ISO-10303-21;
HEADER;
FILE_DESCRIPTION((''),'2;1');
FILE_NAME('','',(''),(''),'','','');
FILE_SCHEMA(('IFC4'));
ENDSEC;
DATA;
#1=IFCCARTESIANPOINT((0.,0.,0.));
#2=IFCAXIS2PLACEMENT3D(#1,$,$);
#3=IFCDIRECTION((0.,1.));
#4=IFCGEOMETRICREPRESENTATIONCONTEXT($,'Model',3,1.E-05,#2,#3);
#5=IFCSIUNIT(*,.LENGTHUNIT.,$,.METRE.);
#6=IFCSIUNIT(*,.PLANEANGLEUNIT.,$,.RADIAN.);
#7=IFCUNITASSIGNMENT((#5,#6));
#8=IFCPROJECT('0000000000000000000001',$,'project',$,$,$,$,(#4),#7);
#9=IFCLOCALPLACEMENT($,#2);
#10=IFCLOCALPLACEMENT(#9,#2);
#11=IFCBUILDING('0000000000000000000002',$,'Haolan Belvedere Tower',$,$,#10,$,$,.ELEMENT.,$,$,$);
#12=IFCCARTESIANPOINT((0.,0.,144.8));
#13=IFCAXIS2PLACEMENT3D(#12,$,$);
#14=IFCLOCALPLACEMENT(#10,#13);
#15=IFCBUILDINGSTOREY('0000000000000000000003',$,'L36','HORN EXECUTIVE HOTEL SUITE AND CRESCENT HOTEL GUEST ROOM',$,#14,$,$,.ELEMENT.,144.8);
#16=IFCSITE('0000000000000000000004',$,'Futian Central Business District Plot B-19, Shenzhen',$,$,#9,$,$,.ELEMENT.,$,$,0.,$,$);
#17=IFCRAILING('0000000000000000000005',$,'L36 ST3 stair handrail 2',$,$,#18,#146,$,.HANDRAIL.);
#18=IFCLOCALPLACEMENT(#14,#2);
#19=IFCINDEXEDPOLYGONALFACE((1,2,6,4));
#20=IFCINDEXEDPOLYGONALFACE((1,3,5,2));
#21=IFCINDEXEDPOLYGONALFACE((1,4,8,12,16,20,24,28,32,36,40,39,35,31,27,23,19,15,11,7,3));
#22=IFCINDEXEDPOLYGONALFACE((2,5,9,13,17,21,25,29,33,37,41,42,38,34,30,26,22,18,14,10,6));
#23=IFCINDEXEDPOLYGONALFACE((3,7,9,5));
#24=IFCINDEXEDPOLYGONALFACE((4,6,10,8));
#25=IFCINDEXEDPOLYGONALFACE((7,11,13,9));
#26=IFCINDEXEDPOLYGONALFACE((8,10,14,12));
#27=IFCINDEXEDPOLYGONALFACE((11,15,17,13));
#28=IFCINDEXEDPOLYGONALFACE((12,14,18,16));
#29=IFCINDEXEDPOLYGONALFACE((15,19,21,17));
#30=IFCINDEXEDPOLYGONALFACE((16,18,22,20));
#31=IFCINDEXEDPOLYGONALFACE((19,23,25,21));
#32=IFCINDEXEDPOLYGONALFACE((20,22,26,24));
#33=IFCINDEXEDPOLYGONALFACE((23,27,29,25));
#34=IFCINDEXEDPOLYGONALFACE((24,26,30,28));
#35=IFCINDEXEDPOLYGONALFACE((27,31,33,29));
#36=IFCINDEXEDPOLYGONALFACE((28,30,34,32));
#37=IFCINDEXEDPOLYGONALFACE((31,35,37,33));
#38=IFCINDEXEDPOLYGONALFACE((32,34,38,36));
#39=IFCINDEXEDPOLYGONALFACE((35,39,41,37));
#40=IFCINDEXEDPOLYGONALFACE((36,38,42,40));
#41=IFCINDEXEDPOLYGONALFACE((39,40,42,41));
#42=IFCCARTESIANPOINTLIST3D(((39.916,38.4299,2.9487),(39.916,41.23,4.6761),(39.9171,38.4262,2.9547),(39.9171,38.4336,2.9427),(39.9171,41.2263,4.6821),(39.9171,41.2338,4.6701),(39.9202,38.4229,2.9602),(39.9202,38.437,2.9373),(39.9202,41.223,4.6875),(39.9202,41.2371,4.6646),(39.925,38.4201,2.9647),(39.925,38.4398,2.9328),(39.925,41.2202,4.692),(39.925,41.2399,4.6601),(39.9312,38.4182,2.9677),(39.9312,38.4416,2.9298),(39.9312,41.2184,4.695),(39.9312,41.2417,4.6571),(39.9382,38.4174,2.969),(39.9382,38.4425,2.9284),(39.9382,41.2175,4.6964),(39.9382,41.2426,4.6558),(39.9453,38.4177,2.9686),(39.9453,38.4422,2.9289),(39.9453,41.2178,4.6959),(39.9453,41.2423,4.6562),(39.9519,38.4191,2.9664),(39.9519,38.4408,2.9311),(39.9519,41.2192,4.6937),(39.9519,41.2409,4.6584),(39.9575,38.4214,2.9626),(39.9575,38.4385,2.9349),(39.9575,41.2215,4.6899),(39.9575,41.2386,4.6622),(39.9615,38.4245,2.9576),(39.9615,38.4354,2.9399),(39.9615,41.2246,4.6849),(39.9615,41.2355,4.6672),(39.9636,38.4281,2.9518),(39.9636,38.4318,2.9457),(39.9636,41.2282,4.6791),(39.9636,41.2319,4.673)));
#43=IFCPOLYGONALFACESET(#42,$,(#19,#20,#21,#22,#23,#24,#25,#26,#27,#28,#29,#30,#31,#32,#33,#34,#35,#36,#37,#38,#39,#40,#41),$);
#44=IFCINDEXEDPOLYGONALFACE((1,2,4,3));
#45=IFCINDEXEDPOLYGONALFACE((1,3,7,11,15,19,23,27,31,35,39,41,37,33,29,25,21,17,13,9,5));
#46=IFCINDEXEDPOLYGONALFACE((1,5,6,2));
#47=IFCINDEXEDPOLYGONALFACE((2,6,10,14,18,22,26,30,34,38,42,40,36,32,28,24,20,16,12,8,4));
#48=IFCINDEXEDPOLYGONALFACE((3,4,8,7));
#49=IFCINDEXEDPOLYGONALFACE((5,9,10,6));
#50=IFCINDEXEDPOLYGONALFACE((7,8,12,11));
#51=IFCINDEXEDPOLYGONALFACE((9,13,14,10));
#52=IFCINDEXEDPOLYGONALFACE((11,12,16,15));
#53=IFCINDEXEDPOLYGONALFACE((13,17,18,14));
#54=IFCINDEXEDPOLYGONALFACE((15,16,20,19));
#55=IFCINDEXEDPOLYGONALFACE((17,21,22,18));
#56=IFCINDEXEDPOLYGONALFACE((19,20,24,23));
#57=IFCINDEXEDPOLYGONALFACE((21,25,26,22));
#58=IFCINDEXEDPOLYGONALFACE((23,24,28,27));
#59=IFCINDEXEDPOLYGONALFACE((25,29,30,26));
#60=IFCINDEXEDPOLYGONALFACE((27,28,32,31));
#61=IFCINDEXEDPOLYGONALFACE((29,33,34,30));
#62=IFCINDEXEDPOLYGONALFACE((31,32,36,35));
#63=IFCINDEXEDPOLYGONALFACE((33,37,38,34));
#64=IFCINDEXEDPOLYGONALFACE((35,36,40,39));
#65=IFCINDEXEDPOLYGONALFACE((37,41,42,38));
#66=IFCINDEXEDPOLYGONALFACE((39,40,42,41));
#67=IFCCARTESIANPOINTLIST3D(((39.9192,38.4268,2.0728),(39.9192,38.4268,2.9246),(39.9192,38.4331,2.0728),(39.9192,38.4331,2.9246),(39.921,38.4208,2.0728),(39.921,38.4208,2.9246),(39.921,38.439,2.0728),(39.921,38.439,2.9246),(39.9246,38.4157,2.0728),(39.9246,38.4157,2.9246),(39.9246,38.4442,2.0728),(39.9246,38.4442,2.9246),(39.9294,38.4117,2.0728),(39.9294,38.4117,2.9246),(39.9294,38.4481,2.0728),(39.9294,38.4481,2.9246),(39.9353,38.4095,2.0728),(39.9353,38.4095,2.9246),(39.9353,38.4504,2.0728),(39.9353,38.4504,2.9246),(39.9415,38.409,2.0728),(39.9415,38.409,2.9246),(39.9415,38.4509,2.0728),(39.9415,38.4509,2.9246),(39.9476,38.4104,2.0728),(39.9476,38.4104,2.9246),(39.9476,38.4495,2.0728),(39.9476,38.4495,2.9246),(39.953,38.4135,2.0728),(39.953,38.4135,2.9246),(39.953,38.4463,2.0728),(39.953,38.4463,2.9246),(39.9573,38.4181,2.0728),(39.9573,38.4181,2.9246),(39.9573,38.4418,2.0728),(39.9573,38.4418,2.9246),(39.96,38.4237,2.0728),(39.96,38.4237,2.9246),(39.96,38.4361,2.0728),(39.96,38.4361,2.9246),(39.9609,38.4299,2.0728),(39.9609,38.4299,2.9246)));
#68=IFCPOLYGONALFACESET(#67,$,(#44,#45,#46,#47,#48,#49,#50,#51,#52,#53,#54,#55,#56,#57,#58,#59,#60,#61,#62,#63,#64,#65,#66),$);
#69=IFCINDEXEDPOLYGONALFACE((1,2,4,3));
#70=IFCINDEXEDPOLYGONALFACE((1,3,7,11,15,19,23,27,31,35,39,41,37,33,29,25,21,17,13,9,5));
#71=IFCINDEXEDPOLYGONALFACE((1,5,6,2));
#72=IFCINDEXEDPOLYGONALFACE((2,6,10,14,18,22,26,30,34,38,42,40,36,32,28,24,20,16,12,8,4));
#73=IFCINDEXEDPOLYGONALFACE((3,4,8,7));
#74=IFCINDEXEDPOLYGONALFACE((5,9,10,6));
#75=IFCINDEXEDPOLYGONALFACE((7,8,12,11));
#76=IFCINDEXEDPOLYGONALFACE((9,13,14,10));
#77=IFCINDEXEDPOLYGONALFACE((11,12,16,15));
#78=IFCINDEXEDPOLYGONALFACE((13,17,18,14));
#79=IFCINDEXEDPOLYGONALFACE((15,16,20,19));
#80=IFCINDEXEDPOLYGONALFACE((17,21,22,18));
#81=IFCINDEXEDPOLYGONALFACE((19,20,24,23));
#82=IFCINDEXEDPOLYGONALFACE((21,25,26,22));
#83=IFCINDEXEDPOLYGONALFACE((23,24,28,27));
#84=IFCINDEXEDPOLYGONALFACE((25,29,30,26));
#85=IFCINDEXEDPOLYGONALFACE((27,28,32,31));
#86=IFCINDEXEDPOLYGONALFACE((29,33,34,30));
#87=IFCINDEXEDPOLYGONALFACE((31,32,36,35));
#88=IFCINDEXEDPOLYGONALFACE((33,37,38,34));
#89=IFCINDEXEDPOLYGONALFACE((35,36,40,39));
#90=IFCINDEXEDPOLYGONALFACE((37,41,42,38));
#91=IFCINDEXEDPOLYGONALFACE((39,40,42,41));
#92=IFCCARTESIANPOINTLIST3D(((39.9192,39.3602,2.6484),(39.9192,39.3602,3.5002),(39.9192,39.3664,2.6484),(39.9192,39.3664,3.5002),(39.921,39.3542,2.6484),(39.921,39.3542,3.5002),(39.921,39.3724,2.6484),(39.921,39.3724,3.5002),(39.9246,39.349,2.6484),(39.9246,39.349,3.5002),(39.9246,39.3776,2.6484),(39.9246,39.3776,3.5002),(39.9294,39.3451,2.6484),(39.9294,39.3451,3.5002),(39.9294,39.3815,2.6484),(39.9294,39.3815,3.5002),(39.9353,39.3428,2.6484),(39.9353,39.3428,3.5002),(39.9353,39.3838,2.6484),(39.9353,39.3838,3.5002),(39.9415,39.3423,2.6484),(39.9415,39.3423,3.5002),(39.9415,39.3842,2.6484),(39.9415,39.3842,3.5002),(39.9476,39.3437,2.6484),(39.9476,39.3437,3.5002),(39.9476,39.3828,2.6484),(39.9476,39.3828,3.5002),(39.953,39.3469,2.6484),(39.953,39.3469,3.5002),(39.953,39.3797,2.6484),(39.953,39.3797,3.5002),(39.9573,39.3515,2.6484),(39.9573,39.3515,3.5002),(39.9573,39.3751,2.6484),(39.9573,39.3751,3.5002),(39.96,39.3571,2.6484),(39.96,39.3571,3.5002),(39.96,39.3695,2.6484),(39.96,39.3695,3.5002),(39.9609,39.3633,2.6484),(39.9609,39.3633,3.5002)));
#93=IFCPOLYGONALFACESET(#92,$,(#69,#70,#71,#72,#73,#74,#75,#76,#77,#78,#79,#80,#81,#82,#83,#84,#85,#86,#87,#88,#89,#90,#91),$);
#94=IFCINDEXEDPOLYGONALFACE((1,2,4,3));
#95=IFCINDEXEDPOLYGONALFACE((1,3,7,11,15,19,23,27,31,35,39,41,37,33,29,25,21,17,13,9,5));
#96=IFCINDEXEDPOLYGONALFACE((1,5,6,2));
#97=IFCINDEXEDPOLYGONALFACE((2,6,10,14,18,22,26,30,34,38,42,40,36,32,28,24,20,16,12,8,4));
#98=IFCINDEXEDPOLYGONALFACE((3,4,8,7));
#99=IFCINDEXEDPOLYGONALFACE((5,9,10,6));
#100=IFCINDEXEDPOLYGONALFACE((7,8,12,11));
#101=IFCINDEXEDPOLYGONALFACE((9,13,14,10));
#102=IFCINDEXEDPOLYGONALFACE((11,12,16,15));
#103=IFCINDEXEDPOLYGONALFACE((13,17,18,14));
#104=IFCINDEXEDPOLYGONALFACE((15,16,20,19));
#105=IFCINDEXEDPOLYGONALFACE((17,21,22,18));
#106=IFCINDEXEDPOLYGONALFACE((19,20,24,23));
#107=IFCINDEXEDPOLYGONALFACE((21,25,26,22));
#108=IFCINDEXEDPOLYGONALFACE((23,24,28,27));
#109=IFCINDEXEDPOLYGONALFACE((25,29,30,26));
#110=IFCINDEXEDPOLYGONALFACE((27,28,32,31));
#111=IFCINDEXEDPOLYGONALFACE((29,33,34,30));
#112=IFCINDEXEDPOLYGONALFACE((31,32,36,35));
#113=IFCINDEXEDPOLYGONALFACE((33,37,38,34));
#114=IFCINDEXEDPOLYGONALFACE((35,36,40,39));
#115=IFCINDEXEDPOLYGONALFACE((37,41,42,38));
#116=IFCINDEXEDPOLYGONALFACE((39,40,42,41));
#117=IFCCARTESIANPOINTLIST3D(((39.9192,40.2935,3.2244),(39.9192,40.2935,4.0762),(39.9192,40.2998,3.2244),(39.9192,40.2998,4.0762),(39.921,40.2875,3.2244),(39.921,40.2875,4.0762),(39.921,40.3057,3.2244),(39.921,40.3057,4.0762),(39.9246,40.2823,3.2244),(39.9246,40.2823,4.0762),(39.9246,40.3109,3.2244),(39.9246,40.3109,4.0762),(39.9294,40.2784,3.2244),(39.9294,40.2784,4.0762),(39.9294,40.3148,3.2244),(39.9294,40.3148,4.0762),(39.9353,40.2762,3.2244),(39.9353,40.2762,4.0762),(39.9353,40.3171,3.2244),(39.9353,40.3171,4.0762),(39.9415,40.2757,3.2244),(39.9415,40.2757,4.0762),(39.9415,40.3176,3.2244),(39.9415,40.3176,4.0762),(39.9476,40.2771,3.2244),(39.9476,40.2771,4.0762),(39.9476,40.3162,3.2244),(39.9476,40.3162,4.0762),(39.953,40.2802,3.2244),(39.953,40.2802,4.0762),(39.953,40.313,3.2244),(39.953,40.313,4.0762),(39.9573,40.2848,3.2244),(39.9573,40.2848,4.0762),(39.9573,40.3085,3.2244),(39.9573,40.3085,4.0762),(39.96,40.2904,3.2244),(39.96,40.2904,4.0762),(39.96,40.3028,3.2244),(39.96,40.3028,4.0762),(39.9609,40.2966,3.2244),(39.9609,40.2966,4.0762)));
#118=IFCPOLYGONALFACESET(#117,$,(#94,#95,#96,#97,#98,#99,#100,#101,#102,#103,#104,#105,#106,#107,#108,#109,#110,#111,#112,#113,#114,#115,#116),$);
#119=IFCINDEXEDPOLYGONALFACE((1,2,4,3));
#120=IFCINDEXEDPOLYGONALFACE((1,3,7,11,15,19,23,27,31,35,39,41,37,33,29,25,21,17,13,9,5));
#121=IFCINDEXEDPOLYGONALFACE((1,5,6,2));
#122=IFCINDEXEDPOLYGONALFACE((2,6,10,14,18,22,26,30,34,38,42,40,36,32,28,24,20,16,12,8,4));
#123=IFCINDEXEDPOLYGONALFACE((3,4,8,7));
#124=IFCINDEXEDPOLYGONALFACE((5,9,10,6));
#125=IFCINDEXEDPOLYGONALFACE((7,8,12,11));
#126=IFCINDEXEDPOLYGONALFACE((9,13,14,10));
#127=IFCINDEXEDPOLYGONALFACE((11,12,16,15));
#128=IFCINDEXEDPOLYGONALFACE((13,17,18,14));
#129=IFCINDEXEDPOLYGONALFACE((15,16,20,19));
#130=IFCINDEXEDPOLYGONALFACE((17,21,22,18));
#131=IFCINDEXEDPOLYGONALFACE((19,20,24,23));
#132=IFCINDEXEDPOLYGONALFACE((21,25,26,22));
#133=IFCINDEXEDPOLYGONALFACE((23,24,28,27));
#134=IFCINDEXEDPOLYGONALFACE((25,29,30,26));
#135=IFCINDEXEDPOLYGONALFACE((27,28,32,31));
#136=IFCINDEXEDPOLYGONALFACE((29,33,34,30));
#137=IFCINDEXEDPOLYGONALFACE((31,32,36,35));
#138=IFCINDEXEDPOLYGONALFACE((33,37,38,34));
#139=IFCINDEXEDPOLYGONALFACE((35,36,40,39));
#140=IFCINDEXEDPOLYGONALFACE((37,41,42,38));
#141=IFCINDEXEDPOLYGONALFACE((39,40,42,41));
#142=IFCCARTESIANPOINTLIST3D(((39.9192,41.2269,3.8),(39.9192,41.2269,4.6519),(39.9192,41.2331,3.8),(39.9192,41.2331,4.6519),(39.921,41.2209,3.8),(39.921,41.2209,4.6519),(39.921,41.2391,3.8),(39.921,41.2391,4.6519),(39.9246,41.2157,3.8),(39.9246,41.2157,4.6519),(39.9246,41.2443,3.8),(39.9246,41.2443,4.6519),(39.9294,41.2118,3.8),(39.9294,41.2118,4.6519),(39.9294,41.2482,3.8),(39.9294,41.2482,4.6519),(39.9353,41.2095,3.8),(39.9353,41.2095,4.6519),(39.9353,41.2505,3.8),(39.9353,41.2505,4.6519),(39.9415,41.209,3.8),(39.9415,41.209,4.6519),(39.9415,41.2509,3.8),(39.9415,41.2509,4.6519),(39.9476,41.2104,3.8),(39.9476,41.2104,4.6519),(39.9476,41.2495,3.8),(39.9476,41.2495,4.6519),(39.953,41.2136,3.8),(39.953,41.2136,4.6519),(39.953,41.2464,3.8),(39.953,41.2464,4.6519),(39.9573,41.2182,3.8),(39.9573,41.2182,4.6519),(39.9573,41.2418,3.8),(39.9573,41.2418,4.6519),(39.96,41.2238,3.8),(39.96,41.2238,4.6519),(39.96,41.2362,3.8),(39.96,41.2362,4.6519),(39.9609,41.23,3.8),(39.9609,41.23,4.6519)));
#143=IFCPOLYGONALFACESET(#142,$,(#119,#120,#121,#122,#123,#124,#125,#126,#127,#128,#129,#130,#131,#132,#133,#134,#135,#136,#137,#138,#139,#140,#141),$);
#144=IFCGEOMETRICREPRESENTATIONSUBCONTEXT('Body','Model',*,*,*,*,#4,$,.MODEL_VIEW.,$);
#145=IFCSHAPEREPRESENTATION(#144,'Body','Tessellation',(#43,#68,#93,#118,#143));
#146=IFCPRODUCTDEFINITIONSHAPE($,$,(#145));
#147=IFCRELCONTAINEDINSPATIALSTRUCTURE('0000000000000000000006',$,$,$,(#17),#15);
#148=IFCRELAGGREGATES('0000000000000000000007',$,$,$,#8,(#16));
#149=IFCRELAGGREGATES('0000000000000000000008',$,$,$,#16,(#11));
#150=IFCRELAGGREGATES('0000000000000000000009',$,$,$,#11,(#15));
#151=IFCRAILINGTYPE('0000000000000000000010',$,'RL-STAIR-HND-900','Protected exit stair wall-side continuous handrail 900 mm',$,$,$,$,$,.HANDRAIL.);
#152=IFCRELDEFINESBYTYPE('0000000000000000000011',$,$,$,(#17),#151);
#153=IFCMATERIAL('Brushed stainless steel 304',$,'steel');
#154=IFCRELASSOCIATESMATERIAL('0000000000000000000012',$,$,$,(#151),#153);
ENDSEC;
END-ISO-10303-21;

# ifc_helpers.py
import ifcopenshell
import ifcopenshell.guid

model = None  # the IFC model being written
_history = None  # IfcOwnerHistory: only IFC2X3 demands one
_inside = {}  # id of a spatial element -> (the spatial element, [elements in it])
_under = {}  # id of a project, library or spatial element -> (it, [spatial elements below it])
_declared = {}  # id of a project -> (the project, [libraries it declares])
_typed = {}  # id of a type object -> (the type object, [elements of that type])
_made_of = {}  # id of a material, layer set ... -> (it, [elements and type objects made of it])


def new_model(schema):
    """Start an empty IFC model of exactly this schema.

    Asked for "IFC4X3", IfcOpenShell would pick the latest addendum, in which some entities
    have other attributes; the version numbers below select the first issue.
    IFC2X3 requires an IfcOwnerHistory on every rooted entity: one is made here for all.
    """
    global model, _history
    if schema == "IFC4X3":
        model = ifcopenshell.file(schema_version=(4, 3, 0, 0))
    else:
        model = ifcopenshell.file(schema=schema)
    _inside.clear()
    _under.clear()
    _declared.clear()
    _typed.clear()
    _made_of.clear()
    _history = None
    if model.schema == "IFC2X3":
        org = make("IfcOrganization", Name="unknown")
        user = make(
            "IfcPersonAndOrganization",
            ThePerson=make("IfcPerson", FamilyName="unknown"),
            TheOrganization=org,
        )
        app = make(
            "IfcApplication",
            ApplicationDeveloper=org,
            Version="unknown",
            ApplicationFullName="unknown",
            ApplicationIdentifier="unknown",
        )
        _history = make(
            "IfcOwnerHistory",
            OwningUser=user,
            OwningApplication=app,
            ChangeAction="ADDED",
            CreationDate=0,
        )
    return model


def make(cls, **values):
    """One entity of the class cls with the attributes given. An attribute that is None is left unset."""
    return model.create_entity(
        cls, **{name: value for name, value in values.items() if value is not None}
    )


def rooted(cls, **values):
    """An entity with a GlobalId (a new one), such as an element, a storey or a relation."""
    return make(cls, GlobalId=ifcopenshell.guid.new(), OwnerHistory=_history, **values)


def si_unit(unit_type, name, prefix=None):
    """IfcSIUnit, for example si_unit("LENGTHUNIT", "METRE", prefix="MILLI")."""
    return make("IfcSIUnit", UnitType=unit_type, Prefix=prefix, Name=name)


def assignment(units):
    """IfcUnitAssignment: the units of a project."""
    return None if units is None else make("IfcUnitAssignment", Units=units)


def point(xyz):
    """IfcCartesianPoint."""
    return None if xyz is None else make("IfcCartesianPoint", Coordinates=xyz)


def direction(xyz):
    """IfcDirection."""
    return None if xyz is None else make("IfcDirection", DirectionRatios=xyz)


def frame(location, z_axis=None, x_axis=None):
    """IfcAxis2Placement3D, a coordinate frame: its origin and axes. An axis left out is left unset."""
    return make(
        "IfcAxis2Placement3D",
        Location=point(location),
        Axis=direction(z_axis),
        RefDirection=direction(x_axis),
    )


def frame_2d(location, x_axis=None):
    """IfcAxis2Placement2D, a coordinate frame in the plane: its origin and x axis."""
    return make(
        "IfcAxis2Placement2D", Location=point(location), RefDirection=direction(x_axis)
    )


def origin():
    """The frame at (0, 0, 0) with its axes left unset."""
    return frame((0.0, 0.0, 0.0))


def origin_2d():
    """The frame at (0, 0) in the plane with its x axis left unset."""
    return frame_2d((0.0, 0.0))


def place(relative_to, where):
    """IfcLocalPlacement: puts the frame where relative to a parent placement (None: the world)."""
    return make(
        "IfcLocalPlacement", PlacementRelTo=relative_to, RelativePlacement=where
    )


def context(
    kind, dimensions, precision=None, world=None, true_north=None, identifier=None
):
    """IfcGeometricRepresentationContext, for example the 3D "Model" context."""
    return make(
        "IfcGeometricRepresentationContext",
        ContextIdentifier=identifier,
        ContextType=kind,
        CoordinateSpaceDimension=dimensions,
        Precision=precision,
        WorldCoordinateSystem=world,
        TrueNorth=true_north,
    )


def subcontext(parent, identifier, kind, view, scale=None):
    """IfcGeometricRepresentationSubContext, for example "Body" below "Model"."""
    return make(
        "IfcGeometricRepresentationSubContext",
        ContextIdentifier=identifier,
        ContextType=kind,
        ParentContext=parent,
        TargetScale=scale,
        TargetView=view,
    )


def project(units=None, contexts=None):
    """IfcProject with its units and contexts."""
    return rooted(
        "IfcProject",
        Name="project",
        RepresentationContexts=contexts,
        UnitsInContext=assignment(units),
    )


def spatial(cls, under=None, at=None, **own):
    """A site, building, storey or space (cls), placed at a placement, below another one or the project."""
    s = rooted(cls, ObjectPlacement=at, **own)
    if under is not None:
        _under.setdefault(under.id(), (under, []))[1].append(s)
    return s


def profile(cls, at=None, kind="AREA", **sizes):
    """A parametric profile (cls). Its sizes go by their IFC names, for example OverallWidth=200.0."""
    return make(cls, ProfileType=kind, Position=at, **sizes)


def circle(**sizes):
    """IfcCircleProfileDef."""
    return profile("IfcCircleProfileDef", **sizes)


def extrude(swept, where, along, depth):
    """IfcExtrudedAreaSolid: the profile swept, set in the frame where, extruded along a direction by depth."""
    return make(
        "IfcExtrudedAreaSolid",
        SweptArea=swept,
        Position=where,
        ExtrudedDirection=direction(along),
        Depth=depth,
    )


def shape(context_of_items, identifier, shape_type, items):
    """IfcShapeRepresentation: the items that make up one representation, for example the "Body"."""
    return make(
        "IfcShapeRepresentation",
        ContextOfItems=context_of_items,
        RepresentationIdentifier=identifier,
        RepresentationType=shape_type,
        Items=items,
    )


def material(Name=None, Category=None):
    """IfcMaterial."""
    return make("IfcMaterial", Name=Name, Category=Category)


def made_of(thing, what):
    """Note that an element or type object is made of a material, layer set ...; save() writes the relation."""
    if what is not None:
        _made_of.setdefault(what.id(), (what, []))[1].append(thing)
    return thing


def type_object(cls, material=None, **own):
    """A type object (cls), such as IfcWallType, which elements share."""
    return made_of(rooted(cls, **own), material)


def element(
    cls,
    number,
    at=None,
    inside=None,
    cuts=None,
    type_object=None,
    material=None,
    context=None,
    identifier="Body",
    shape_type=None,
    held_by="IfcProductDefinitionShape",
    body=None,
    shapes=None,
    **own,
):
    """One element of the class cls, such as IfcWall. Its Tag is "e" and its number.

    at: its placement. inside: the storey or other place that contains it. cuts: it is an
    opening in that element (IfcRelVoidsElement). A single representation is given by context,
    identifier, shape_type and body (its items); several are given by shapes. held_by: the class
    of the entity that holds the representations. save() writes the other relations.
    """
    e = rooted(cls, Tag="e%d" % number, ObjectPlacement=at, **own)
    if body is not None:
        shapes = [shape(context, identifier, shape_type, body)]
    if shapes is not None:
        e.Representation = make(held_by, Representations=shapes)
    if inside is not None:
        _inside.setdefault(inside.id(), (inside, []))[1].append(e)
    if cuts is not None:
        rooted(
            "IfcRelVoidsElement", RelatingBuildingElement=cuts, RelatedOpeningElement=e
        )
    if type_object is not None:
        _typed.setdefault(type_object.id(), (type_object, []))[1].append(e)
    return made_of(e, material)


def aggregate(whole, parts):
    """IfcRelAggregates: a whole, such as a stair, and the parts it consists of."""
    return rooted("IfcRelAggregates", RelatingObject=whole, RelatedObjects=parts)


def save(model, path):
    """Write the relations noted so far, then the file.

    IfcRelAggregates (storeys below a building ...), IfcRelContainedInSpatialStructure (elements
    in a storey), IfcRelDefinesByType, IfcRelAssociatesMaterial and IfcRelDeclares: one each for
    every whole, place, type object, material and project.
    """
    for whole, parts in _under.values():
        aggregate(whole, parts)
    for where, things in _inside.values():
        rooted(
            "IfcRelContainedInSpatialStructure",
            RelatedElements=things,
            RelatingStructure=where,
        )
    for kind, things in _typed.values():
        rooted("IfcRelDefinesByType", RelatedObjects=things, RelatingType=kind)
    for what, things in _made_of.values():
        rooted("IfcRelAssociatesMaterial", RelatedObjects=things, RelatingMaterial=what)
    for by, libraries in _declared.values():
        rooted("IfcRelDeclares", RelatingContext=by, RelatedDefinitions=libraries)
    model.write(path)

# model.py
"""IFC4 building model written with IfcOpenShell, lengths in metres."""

from ifc_helpers import new_model, si_unit, direction, frame, origin, origin_2d, place, context, subcontext, project, spatial, circle, extrude, material, type_object, element, save


model = new_model("IFC4")

# Units and contexts
model_context = context("Model", 3, precision=1e-05, world=origin(), true_north=direction((0.0, 1.0)))
body_context = subcontext(model_context, "Body", "Model", "MODEL_VIEW")
ifc_project = project(units=[si_unit("LENGTHUNIT", "METRE"), si_unit("PLANEANGLEUNIT", "RADIAN")], contexts=[model_context])

# Site, building, storey
site_placement = place(None, origin())
site = spatial("IfcSite", under=ifc_project, at=site_placement, Name="Futian Central Business District Plot B-19, Shenzhen", CompositionType="ELEMENT", RefElevation=0.0)
building_placement = place(site_placement, origin())
building = spatial("IfcBuilding", under=site, at=building_placement, Name="Haolan Belvedere Tower", CompositionType="ELEMENT")
storey_placement = place(building_placement, frame((0.0, 0.0, 144.8)))
storey = spatial("IfcBuildingStorey", under=building, at=storey_placement, Name="L36", Description="HORN EXECUTIVE HOTEL SUITE AND CRESCENT HOTEL GUEST ROOM", CompositionType="ELEMENT", Elevation=144.8)

# Railing
ifc_material_1 = material(Name="Brushed stainless steel 304", Category="steel")
railing_type_1 = type_object("IfcRailingType", Name="RL-STAIR-HND-900", Description="Protected exit stair wall-side continuous handrail 900 mm", PredefinedType="HANDRAIL", material=ifc_material_1)
railing_1_placement = place(storey_placement, frame((39.9399, 38.4299, 2.0728)))
element("IfcRailing", 1, at=railing_1_placement, inside=storey, type_object=railing_type_1, Name="L36 ST3 stair handrail 2", PredefinedType="HANDRAIL", context=body_context, shape_type="SweptSolid", body=[
    extrude(circle(Radius=0.0239, at=origin_2d()), frame((0.0, 0.0, 0.876), z_axis=(0.0, 0.85109, 0.52502), x_axis=(-1.0, 0.0, 0.0)), (0.0, 0.0, 1.0), 3.29),
    extrude(circle(Radius=0.021, at=origin_2d()), origin(), (0.0, 0.0, 1.0), 0.8518),
    extrude(circle(Radius=0.021, at=origin_2d()), frame((0.0, 0.9333, 0.5757)), (0.0, 0.0, 1.0), 0.8518),
    extrude(circle(Radius=0.021, at=origin_2d()), frame((0.0, 1.8667, 1.1516)), (0.0, 0.0, 1.0), 0.8518),
    extrude(circle(Radius=0.021, at=origin_2d()), frame((0.0, 2.8, 1.7273)), (0.0, 0.0, 1.0), 0.8518),
])

save(model, "model.ifc")
